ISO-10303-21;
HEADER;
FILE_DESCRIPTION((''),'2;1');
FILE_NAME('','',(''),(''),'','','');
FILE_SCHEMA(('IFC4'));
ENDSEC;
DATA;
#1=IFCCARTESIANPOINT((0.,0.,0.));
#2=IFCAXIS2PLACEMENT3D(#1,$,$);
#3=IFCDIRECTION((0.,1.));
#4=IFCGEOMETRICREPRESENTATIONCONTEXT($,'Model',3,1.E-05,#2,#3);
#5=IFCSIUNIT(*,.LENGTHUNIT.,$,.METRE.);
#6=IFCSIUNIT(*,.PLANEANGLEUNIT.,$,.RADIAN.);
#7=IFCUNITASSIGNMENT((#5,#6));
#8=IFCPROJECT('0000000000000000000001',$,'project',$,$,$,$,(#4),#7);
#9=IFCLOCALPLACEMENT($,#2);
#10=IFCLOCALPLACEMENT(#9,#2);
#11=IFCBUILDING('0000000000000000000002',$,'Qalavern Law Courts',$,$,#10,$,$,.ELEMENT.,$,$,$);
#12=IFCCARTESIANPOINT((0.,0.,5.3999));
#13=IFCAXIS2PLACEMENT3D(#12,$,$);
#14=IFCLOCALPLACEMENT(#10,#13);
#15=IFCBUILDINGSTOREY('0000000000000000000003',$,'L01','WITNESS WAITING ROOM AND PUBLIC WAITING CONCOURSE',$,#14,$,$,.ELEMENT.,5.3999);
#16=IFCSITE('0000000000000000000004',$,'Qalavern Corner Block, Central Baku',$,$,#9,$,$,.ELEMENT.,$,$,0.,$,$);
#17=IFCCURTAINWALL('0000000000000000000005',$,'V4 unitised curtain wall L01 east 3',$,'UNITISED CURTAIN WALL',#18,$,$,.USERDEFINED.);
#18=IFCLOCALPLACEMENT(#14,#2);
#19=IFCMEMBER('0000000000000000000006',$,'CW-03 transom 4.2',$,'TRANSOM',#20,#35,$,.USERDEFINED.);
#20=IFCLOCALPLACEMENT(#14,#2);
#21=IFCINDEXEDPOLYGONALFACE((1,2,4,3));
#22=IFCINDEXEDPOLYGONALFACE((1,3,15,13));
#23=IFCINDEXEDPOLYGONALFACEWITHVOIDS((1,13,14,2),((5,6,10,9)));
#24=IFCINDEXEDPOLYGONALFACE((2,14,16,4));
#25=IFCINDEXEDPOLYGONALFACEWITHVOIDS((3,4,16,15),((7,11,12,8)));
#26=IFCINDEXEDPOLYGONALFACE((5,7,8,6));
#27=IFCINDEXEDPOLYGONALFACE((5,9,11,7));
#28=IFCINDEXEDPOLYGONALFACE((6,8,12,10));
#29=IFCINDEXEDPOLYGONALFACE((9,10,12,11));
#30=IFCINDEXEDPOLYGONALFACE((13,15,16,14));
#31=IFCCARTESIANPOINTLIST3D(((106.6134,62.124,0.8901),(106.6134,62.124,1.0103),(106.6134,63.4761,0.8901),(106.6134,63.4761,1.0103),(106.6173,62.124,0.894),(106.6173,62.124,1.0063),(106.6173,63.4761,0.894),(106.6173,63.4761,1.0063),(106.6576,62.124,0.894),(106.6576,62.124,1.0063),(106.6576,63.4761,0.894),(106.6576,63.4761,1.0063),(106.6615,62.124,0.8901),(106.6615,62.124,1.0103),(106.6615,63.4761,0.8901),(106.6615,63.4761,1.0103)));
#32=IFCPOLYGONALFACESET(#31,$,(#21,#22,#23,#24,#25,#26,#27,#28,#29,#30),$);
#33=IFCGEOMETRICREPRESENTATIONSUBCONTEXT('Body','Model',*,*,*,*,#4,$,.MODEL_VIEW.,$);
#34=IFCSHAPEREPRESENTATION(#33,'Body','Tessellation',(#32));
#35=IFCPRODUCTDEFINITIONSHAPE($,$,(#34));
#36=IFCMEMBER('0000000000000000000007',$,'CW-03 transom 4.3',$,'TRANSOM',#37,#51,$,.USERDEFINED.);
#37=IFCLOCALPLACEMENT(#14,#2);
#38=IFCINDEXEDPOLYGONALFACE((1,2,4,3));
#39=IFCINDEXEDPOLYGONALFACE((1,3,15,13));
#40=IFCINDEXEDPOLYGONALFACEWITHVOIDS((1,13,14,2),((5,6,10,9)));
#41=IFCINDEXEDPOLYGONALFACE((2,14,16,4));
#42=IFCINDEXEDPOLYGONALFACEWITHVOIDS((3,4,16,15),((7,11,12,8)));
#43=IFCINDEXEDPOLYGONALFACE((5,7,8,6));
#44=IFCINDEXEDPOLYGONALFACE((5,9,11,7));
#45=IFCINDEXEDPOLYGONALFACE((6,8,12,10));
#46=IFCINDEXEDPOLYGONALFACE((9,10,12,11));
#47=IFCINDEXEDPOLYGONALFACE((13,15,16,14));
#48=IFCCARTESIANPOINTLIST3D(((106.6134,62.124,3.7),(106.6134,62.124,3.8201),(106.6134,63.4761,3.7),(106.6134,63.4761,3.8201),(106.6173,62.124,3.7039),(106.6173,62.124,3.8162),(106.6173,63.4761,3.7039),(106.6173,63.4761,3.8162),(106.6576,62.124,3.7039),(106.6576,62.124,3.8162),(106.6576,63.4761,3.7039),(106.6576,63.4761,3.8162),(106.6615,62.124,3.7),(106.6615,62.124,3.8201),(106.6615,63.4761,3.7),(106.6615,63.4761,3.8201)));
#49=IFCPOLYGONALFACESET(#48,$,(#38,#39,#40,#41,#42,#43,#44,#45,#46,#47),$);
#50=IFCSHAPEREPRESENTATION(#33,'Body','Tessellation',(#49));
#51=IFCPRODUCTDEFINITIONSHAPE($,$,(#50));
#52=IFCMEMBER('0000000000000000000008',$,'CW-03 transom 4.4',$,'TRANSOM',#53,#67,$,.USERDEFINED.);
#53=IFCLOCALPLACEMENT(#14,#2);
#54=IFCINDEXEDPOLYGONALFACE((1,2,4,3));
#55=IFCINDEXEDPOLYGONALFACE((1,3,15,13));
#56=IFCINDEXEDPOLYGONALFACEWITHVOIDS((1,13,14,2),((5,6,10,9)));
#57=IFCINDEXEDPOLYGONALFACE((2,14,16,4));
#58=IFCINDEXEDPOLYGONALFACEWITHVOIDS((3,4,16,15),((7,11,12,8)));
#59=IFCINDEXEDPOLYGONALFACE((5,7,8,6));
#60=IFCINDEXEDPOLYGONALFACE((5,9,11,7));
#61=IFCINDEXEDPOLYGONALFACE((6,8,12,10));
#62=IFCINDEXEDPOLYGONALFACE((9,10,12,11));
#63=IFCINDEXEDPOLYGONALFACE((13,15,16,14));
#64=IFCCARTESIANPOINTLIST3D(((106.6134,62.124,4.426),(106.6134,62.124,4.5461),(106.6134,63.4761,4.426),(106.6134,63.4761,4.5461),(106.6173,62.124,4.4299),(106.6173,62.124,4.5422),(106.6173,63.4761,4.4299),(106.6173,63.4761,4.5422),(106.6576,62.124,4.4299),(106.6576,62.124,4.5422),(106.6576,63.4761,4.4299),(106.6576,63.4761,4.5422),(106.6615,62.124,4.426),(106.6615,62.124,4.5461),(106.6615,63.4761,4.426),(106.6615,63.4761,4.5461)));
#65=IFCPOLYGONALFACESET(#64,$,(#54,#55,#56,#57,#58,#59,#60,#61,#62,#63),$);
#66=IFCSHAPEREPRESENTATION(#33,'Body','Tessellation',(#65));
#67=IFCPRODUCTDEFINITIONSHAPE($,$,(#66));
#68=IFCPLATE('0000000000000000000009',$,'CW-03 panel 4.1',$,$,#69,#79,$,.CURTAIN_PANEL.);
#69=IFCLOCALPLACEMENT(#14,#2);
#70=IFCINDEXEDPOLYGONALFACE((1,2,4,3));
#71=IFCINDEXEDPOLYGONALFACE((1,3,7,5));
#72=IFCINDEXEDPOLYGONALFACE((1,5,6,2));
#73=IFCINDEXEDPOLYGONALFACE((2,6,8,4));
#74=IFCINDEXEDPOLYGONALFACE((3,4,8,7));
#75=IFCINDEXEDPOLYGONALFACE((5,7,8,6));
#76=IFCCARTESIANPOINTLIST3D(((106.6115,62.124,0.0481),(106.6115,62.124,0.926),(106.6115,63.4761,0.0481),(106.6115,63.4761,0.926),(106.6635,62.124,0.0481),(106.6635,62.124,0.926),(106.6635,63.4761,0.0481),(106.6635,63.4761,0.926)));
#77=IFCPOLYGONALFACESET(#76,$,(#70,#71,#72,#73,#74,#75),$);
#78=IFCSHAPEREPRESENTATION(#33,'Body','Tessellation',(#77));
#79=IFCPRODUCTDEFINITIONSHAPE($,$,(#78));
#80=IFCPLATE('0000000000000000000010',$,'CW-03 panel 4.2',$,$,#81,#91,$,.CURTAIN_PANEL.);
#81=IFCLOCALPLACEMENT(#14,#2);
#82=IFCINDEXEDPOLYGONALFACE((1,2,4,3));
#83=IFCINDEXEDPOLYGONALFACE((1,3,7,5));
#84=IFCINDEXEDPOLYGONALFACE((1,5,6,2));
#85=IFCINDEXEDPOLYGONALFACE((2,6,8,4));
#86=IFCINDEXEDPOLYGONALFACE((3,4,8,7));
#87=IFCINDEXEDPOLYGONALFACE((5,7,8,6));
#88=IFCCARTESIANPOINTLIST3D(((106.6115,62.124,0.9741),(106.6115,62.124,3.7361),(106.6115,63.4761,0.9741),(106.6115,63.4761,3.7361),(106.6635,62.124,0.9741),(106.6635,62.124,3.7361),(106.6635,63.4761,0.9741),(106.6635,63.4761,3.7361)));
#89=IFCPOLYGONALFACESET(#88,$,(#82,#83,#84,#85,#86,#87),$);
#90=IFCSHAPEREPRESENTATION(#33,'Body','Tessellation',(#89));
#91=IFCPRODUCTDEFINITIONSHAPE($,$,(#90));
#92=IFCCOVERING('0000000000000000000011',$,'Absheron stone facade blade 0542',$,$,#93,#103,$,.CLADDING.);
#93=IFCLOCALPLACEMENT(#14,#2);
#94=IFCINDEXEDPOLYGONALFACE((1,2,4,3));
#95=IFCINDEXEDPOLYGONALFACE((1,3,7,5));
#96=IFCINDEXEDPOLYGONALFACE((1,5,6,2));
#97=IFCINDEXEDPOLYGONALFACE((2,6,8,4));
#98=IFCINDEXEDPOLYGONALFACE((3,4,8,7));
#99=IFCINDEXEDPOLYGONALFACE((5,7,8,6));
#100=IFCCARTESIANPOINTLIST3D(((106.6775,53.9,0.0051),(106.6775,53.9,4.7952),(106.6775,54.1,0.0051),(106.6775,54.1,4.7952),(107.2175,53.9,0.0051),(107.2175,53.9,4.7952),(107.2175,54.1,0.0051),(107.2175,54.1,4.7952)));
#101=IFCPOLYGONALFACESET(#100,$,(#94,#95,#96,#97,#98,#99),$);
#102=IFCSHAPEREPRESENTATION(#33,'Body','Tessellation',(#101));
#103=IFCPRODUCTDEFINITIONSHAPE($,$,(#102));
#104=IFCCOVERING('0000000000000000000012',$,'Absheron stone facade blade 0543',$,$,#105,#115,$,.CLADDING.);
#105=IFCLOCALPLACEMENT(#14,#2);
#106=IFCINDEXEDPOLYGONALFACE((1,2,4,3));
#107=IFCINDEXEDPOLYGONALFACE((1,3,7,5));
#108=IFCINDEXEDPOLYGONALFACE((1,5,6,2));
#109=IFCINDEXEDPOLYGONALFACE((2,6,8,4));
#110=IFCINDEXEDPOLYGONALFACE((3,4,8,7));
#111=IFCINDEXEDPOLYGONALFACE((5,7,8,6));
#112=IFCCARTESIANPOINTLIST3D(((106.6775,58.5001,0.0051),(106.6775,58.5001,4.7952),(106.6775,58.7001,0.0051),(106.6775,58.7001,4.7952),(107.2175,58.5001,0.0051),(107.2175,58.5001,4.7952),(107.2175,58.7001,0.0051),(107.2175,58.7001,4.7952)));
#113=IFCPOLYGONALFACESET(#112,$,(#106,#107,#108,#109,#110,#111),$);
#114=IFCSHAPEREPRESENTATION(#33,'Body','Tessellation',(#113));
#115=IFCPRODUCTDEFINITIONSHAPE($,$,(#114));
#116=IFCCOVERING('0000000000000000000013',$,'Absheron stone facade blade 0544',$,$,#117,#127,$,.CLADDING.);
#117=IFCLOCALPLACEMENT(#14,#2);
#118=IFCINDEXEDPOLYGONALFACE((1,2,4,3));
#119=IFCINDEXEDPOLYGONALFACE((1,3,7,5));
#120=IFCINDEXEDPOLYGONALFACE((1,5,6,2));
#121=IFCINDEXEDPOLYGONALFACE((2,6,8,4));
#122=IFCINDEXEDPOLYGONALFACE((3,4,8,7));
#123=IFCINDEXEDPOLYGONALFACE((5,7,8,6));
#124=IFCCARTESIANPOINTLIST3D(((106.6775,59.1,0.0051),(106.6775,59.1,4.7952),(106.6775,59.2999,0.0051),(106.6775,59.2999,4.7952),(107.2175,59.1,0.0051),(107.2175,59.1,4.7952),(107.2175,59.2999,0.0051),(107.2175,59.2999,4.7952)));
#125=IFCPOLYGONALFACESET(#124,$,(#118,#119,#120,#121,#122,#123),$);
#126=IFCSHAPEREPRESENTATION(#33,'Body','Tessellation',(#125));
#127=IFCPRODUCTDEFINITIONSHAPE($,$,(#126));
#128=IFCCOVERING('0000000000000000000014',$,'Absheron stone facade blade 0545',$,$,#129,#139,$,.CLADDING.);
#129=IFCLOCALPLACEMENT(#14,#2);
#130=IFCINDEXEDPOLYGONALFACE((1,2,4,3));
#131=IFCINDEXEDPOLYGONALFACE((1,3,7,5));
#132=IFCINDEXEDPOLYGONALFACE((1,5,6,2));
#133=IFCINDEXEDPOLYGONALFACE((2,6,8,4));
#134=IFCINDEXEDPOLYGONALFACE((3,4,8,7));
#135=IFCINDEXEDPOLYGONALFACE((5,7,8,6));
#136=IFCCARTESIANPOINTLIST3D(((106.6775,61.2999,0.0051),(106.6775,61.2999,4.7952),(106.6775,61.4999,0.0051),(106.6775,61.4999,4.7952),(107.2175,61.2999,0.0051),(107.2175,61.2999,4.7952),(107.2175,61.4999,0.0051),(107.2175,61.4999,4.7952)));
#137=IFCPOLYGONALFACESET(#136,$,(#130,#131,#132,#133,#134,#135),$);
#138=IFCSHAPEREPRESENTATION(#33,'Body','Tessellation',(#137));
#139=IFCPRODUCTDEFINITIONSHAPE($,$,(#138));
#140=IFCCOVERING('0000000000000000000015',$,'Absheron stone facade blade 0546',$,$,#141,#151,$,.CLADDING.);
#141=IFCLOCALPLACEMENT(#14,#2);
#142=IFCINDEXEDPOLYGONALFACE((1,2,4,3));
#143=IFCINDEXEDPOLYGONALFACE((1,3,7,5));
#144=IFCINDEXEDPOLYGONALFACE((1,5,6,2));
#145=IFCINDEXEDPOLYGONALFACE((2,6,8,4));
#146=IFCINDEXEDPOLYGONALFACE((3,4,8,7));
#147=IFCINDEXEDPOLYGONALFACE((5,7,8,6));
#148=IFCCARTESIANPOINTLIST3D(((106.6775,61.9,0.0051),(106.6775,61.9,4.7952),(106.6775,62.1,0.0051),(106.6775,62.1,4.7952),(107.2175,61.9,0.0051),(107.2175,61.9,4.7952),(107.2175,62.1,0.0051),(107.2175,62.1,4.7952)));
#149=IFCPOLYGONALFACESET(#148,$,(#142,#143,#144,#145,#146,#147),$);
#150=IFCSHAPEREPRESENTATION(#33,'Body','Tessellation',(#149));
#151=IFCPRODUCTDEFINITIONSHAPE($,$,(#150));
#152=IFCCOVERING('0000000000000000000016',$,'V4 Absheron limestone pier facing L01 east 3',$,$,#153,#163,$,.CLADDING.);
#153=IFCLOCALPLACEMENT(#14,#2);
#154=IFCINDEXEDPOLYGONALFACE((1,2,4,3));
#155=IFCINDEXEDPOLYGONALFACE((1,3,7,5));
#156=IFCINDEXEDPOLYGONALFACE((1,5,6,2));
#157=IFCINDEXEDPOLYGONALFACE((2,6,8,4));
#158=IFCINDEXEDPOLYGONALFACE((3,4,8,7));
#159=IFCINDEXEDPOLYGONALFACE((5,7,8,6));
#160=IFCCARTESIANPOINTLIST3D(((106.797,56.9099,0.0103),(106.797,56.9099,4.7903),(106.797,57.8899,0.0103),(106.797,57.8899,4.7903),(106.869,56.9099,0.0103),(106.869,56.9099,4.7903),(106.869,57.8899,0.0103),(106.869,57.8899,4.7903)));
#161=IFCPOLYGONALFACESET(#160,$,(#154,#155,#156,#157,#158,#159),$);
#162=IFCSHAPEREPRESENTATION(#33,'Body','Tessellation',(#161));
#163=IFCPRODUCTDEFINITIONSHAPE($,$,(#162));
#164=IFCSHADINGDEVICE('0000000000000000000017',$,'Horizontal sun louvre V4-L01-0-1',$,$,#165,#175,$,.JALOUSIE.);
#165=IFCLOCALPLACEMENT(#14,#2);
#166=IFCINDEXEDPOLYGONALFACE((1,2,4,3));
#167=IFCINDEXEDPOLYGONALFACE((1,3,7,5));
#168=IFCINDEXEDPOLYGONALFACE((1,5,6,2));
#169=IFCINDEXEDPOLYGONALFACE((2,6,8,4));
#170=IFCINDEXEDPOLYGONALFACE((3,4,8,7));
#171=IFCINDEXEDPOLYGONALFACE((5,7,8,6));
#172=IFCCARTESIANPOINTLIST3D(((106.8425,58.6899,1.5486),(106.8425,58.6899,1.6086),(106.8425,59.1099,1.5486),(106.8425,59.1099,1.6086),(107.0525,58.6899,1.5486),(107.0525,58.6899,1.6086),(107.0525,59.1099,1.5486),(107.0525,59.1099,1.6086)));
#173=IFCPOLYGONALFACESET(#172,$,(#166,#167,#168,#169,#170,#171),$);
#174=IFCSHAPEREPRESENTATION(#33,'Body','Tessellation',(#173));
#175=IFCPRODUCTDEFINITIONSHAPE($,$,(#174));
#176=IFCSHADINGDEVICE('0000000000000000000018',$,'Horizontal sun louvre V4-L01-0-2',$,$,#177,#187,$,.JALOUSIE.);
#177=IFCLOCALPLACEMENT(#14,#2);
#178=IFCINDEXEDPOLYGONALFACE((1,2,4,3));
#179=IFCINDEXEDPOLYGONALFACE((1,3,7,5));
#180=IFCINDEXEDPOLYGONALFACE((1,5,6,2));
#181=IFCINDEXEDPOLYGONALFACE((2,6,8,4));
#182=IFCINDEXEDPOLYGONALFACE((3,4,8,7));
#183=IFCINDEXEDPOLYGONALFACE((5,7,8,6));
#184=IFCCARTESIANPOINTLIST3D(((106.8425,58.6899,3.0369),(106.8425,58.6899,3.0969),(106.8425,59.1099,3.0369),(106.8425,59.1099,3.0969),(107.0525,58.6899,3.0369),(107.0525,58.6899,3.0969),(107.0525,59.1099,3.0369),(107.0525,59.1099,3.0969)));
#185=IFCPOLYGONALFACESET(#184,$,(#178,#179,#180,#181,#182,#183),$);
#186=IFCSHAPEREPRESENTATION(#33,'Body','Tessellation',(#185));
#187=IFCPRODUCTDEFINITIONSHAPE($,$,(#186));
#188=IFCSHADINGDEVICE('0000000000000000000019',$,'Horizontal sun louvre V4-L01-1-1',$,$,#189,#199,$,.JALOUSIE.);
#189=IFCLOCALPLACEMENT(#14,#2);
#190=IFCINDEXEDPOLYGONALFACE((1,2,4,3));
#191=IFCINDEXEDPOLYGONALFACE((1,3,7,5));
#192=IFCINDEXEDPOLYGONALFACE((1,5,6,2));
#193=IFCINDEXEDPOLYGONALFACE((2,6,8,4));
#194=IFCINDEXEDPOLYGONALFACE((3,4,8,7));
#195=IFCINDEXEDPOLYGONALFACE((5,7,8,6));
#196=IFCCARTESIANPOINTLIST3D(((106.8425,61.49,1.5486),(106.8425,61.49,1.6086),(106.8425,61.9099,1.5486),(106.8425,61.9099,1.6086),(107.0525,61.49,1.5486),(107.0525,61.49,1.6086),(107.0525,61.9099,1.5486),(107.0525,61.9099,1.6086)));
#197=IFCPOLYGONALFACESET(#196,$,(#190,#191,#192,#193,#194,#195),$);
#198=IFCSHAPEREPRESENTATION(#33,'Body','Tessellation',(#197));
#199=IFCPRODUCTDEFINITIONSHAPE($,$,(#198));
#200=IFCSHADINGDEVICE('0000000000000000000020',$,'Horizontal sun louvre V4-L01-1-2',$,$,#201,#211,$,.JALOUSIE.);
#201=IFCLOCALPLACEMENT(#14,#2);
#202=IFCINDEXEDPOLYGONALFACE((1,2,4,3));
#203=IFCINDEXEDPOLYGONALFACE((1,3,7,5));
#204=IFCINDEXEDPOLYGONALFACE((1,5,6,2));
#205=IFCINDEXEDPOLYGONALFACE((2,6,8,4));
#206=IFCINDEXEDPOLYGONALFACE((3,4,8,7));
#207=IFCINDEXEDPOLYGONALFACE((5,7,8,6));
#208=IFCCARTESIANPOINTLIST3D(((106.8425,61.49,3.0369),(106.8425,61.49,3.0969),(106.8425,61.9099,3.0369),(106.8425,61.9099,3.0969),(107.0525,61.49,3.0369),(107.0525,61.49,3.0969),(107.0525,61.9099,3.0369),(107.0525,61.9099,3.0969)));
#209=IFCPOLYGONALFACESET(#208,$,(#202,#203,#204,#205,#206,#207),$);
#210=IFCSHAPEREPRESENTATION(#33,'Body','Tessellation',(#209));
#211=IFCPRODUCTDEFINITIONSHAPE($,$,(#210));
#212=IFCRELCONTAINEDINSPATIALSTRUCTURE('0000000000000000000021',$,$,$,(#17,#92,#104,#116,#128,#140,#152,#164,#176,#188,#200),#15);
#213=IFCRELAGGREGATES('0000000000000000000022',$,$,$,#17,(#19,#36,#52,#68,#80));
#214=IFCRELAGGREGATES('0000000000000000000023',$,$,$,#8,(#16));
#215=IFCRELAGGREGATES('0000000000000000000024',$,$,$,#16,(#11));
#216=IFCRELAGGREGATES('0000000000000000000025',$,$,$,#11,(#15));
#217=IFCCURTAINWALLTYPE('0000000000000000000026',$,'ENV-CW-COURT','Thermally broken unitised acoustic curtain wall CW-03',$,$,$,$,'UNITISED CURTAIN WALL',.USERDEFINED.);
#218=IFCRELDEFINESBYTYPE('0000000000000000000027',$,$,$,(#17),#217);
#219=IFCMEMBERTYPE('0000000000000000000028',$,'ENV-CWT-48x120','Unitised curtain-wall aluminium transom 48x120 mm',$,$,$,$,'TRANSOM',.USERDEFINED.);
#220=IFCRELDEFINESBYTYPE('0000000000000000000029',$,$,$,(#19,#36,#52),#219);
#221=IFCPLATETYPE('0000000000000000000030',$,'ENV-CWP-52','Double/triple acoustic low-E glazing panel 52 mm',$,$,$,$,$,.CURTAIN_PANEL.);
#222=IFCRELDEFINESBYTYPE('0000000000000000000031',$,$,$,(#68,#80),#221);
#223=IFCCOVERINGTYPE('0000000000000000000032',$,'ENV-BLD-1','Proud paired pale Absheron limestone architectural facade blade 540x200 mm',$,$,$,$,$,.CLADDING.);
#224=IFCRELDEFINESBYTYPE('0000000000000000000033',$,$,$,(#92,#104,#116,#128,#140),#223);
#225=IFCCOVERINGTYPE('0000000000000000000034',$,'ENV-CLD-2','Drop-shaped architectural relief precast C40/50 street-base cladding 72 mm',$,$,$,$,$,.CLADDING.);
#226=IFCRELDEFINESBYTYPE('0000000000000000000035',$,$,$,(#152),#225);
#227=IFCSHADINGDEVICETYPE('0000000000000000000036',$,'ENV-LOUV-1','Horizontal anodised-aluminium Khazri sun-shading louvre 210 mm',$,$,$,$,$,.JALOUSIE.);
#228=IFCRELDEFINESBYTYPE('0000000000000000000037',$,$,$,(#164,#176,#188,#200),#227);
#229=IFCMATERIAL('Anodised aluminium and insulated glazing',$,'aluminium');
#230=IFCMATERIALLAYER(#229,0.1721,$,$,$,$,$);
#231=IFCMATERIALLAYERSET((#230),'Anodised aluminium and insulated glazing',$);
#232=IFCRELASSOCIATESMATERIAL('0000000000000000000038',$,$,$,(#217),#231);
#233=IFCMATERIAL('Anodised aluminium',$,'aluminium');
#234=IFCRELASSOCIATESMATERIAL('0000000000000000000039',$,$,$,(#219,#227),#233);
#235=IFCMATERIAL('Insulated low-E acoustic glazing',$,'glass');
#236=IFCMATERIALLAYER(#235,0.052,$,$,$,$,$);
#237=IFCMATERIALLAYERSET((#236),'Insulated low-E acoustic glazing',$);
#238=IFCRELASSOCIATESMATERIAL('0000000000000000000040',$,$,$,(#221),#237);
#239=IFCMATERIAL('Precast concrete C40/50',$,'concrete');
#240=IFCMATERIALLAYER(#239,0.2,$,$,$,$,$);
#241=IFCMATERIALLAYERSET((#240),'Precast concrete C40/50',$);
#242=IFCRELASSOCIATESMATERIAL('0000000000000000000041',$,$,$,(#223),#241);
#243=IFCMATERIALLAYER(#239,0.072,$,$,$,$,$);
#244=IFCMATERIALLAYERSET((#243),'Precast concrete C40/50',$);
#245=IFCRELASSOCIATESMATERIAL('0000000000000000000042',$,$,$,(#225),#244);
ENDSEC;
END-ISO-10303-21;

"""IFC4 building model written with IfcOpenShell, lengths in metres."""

from ifc_helpers import new_model, si_unit, direction, frame, origin, origin_2d, place, context, subcontext, project, spatial, rectangle, hollow_rectangle, extrude, material, layer, layer_set, material_profile, profile_set, type_object, element, aggregate, save


model = new_model("IFC4")

# Units and contexts
model_context = context("Model", 3, precision=1e-05, world=origin(), true_north=direction((0.0, 1.0)))
body_context = subcontext(model_context, "Body", "Model", "MODEL_VIEW")
ifc_project = project(units=[si_unit("LENGTHUNIT", "METRE"), si_unit("PLANEANGLEUNIT", "RADIAN")], contexts=[model_context])

# Site, building, storey
site_placement = place(None, origin())
site = spatial("IfcSite", under=ifc_project, at=site_placement, Name="Qalavern Corner Block, Central Baku", CompositionType="ELEMENT", RefElevation=0.0)
building_placement = place(site_placement, origin())
building = spatial("IfcBuilding", under=site, at=building_placement, Name="Qalavern Law Courts", CompositionType="ELEMENT")
storey_placement = place(building_placement, frame((0.0, 0.0, 5.3999)))
storey = spatial("IfcBuildingStorey", under=building, at=storey_placement, Name="L01", Description="WITNESS WAITING ROOM AND PUBLIC WAITING CONCOURSE", CompositionType="ELEMENT", Elevation=5.3999)

# Curtain wall, members, plates
ifc_material_1 = material(Name="Anodised aluminium and insulated glazing", Category="aluminium")
ifc_layer_1 = layer(ifc_material_1, 0.1721)
ifc_layer_set_1 = layer_set([ifc_layer_1], Name="Anodised aluminium and insulated glazing")
curtain_wall_type = type_object("IfcCurtainWallType", Name="ENV-CW-COURT", Description="Thermally broken unitised acoustic curtain wall CW-03", ElementType="UNITISED CURTAIN WALL", PredefinedType="USERDEFINED", material=ifc_layer_set_1)
curtain_wall_placement = place(storey_placement, origin())
curtain_wall = element("IfcCurtainWall", 1, at=curtain_wall_placement, inside=storey, type_object=curtain_wall_type, Name="V4 unitised curtain wall L01 east 3", ObjectType="UNITISED CURTAIN WALL", PredefinedType="USERDEFINED")
ifc_material_2 = material(Name="Anodised aluminium", Category="aluminium")
ifc_material_profile = material_profile(ifc_material_2, hollow_rectangle(XDim=0.0481, YDim=0.1201, WallThickness=0.0039, at=origin_2d()), Name="ALU TRANSOM 48x120")
ifc_profile_set = profile_set([ifc_material_profile], Name="Anodised aluminium")
member_type = type_object("IfcMemberType", Name="ENV-CWT-48x120", Description="Unitised curtain-wall aluminium transom 48x120 mm", ElementType="TRANSOM", PredefinedType="USERDEFINED", material=ifc_profile_set)
member_1_placement = place(storey_placement, frame((106.6375, 62.124, 0.9502), z_axis=(0.0, 1.0, 0.0), x_axis=(-1.0, 0.0, 0.0)))
member_1 = element("IfcMember", 2, at=member_1_placement, type_object=member_type, Name="CW-03 transom 4.2", ObjectType="TRANSOM", PredefinedType="USERDEFINED", context=body_context, shape_type="SweptSolid", body=[
    extrude(hollow_rectangle(XDim=0.0481, YDim=0.1201, WallThickness=0.0039, at=origin_2d()), origin(), (0.0, 0.0, 1.0), 1.3521),
])
member_2_placement = place(storey_placement, frame((106.6375, 62.124, 3.76), z_axis=(0.0, 1.0, 0.0), x_axis=(-1.0, 0.0, 0.0)))
member_2 = element("IfcMember", 3, at=member_2_placement, type_object=member_type, Name="CW-03 transom 4.3", ObjectType="TRANSOM", PredefinedType="USERDEFINED", context=body_context, shape_type="SweptSolid", body=[
    extrude(hollow_rectangle(XDim=0.0481, YDim=0.1201, WallThickness=0.0039, at=origin_2d()), origin(), (0.0, 0.0, 1.0), 1.3521),
])
member_3_placement = place(storey_placement, frame((106.6375, 62.124, 4.4861), z_axis=(0.0, 1.0, 0.0), x_axis=(-1.0, 0.0, 0.0)))
member_3 = element("IfcMember", 4, at=member_3_placement, type_object=member_type, Name="CW-03 transom 4.4", ObjectType="TRANSOM", PredefinedType="USERDEFINED", context=body_context, shape_type="SweptSolid", body=[
    extrude(hollow_rectangle(XDim=0.0481, YDim=0.1201, WallThickness=0.0039, at=origin_2d()), origin(), (0.0, 0.0, 1.0), 1.3521),
])
ifc_material_3 = material(Name="Insulated low-E acoustic glazing", Category="glass")
ifc_layer_2 = layer(ifc_material_3, 0.052)
ifc_layer_set_2 = layer_set([ifc_layer_2], Name="Insulated low-E acoustic glazing")
plate_type = type_object("IfcPlateType", Name="ENV-CWP-52", Description="Double/triple acoustic low-E glazing panel 52 mm", PredefinedType="CURTAIN_PANEL", material=ifc_layer_set_2)
plate_1_placement = place(storey_placement, frame((106.6375, 62.8, 0.0481), z_axis=(0.0, 0.0, 1.0), x_axis=(0.0, 1.0, 0.0)))
plate_1 = element("IfcPlate", 5, at=plate_1_placement, type_object=plate_type, Name="CW-03 panel 4.1", PredefinedType="CURTAIN_PANEL", context=body_context, shape_type="SweptSolid", body=[
    extrude(rectangle(XDim=1.3521, YDim=0.052, at=origin_2d()), origin(), (0.0, 0.0, 1.0), 0.8779),
])
plate_2_placement = place(storey_placement, frame((106.6375, 62.8, 0.9741), z_axis=(0.0, 0.0, 1.0), x_axis=(0.0, 1.0, 0.0)))
plate_2 = element("IfcPlate", 6, at=plate_2_placement, type_object=plate_type, Name="CW-03 panel 4.2", PredefinedType="CURTAIN_PANEL", context=body_context, shape_type="SweptSolid", body=[
    extrude(rectangle(XDim=1.3521, YDim=0.052, at=origin_2d()), origin(), (0.0, 0.0, 1.0), 2.762),
])
aggregate(curtain_wall, [member_1, member_2, member_3, plate_1, plate_2])

# Coverings
ifc_material_4 = material(Name="Precast concrete C40/50", Category="concrete")
ifc_layer_3 = layer(ifc_material_4, 0.2)
ifc_layer_set_3 = layer_set([ifc_layer_3], Name="Precast concrete C40/50")
covering_type_1 = type_object("IfcCoveringType", Name="ENV-BLD-1", Description="Proud paired pale Absheron limestone architectural facade blade 540x200 mm", PredefinedType="CLADDING", material=ifc_layer_set_3)
for number, where, z_axis, x_axis, name in (
    (7, (106.9475, 54.0, 0.0051), (0.0, 0.0, 1.0), (1.0, 0.0, 0.0), "Absheron stone facade blade 0542"),
    (8, (106.9475, 58.6001, 0.0051), (0.0, 0.0, 1.0), (1.0, 0.0, 0.0), "Absheron stone facade blade 0543"),
    (9, (106.9475, 59.2, 0.0051), (0.0, 0.0, 1.0), (1.0, 0.0, 0.0), "Absheron stone facade blade 0544"),
    (10, (106.9475, 61.3999, 0.0051), (0.0, 0.0, 1.0), (1.0, 0.0, 0.0), "Absheron stone facade blade 0545"),
    (11, (106.9475, 62.0, 0.0051), (0.0, 0.0, 1.0), (1.0, 0.0, 0.0), "Absheron stone facade blade 0546"),
):
    element("IfcCovering", number, at=place(storey_placement, frame(where, z_axis=z_axis, x_axis=x_axis)), inside=storey, type_object=covering_type_1, Name=name, PredefinedType="CLADDING", context=body_context, shape_type="SweptSolid", body=[
        extrude(rectangle(XDim=0.54, YDim=0.2, at=origin_2d()), origin(), (0.0, 0.0, 1.0), 4.79),
    ])
ifc_layer_4 = layer(ifc_material_4, 0.072)
ifc_layer_set_4 = layer_set([ifc_layer_4], Name="Precast concrete C40/50")
covering_type_2 = type_object("IfcCoveringType", Name="ENV-CLD-2", Description="Drop-shaped architectural relief precast C40/50 street-base cladding 72 mm", PredefinedType="CLADDING", material=ifc_layer_set_4)
covering_placement = place(storey_placement, frame((106.833, 57.3999, 0.0103), z_axis=(0.0, 0.0, 1.0), x_axis=(0.0, 1.0, 0.0)))
element("IfcCovering", 12, at=covering_placement, inside=storey, type_object=covering_type_2, Name="V4 Absheron limestone pier facing L01 east 3", PredefinedType="CLADDING", context=body_context, shape_type="SweptSolid", body=[
    extrude(rectangle(XDim=0.98, YDim=0.072, at=origin_2d()), origin(), (0.0, 0.0, 1.0), 4.78),
])

# Shading devices
shading_device_type_1 = type_object("IfcShadingDeviceType", Name="ENV-LOUV-1", Description="Horizontal anodised-aluminium Khazri sun-shading louvre 210 mm", PredefinedType="JALOUSIE", material=ifc_material_2)
for number, where, z_axis, x_axis, name in (
    (13, (106.9475, 58.8999, 1.5486), (0.0, 0.0, 1.0), (0.0, 1.0, 0.0), "Horizontal sun louvre V4-L01-0-1"),
    (14, (106.9475, 58.8999, 3.0369), (0.0, 0.0, 1.0), (0.0, 1.0, 0.0), "Horizontal sun louvre V4-L01-0-2"),
    (15, (106.9475, 61.7, 1.5486), (0.0, 0.0, 1.0), (0.0, 1.0, 0.0), "Horizontal sun louvre V4-L01-1-1"),
    (16, (106.9475, 61.7, 3.0369), (0.0, 0.0, 1.0), (0.0, 1.0, 0.0), "Horizontal sun louvre V4-L01-1-2"),
):
    element("IfcShadingDevice", number, at=place(storey_placement, frame(where, z_axis=z_axis, x_axis=x_axis)), inside=storey, type_object=shading_device_type_1, Name=name, PredefinedType="JALOUSIE", context=body_context, shape_type="SweptSolid", body=[
        extrude(rectangle(XDim=0.4199, YDim=0.21, at=origin_2d()), origin(), (0.0, 0.0, 1.0), 0.0601),
    ])

save(model, "model.ifc")
